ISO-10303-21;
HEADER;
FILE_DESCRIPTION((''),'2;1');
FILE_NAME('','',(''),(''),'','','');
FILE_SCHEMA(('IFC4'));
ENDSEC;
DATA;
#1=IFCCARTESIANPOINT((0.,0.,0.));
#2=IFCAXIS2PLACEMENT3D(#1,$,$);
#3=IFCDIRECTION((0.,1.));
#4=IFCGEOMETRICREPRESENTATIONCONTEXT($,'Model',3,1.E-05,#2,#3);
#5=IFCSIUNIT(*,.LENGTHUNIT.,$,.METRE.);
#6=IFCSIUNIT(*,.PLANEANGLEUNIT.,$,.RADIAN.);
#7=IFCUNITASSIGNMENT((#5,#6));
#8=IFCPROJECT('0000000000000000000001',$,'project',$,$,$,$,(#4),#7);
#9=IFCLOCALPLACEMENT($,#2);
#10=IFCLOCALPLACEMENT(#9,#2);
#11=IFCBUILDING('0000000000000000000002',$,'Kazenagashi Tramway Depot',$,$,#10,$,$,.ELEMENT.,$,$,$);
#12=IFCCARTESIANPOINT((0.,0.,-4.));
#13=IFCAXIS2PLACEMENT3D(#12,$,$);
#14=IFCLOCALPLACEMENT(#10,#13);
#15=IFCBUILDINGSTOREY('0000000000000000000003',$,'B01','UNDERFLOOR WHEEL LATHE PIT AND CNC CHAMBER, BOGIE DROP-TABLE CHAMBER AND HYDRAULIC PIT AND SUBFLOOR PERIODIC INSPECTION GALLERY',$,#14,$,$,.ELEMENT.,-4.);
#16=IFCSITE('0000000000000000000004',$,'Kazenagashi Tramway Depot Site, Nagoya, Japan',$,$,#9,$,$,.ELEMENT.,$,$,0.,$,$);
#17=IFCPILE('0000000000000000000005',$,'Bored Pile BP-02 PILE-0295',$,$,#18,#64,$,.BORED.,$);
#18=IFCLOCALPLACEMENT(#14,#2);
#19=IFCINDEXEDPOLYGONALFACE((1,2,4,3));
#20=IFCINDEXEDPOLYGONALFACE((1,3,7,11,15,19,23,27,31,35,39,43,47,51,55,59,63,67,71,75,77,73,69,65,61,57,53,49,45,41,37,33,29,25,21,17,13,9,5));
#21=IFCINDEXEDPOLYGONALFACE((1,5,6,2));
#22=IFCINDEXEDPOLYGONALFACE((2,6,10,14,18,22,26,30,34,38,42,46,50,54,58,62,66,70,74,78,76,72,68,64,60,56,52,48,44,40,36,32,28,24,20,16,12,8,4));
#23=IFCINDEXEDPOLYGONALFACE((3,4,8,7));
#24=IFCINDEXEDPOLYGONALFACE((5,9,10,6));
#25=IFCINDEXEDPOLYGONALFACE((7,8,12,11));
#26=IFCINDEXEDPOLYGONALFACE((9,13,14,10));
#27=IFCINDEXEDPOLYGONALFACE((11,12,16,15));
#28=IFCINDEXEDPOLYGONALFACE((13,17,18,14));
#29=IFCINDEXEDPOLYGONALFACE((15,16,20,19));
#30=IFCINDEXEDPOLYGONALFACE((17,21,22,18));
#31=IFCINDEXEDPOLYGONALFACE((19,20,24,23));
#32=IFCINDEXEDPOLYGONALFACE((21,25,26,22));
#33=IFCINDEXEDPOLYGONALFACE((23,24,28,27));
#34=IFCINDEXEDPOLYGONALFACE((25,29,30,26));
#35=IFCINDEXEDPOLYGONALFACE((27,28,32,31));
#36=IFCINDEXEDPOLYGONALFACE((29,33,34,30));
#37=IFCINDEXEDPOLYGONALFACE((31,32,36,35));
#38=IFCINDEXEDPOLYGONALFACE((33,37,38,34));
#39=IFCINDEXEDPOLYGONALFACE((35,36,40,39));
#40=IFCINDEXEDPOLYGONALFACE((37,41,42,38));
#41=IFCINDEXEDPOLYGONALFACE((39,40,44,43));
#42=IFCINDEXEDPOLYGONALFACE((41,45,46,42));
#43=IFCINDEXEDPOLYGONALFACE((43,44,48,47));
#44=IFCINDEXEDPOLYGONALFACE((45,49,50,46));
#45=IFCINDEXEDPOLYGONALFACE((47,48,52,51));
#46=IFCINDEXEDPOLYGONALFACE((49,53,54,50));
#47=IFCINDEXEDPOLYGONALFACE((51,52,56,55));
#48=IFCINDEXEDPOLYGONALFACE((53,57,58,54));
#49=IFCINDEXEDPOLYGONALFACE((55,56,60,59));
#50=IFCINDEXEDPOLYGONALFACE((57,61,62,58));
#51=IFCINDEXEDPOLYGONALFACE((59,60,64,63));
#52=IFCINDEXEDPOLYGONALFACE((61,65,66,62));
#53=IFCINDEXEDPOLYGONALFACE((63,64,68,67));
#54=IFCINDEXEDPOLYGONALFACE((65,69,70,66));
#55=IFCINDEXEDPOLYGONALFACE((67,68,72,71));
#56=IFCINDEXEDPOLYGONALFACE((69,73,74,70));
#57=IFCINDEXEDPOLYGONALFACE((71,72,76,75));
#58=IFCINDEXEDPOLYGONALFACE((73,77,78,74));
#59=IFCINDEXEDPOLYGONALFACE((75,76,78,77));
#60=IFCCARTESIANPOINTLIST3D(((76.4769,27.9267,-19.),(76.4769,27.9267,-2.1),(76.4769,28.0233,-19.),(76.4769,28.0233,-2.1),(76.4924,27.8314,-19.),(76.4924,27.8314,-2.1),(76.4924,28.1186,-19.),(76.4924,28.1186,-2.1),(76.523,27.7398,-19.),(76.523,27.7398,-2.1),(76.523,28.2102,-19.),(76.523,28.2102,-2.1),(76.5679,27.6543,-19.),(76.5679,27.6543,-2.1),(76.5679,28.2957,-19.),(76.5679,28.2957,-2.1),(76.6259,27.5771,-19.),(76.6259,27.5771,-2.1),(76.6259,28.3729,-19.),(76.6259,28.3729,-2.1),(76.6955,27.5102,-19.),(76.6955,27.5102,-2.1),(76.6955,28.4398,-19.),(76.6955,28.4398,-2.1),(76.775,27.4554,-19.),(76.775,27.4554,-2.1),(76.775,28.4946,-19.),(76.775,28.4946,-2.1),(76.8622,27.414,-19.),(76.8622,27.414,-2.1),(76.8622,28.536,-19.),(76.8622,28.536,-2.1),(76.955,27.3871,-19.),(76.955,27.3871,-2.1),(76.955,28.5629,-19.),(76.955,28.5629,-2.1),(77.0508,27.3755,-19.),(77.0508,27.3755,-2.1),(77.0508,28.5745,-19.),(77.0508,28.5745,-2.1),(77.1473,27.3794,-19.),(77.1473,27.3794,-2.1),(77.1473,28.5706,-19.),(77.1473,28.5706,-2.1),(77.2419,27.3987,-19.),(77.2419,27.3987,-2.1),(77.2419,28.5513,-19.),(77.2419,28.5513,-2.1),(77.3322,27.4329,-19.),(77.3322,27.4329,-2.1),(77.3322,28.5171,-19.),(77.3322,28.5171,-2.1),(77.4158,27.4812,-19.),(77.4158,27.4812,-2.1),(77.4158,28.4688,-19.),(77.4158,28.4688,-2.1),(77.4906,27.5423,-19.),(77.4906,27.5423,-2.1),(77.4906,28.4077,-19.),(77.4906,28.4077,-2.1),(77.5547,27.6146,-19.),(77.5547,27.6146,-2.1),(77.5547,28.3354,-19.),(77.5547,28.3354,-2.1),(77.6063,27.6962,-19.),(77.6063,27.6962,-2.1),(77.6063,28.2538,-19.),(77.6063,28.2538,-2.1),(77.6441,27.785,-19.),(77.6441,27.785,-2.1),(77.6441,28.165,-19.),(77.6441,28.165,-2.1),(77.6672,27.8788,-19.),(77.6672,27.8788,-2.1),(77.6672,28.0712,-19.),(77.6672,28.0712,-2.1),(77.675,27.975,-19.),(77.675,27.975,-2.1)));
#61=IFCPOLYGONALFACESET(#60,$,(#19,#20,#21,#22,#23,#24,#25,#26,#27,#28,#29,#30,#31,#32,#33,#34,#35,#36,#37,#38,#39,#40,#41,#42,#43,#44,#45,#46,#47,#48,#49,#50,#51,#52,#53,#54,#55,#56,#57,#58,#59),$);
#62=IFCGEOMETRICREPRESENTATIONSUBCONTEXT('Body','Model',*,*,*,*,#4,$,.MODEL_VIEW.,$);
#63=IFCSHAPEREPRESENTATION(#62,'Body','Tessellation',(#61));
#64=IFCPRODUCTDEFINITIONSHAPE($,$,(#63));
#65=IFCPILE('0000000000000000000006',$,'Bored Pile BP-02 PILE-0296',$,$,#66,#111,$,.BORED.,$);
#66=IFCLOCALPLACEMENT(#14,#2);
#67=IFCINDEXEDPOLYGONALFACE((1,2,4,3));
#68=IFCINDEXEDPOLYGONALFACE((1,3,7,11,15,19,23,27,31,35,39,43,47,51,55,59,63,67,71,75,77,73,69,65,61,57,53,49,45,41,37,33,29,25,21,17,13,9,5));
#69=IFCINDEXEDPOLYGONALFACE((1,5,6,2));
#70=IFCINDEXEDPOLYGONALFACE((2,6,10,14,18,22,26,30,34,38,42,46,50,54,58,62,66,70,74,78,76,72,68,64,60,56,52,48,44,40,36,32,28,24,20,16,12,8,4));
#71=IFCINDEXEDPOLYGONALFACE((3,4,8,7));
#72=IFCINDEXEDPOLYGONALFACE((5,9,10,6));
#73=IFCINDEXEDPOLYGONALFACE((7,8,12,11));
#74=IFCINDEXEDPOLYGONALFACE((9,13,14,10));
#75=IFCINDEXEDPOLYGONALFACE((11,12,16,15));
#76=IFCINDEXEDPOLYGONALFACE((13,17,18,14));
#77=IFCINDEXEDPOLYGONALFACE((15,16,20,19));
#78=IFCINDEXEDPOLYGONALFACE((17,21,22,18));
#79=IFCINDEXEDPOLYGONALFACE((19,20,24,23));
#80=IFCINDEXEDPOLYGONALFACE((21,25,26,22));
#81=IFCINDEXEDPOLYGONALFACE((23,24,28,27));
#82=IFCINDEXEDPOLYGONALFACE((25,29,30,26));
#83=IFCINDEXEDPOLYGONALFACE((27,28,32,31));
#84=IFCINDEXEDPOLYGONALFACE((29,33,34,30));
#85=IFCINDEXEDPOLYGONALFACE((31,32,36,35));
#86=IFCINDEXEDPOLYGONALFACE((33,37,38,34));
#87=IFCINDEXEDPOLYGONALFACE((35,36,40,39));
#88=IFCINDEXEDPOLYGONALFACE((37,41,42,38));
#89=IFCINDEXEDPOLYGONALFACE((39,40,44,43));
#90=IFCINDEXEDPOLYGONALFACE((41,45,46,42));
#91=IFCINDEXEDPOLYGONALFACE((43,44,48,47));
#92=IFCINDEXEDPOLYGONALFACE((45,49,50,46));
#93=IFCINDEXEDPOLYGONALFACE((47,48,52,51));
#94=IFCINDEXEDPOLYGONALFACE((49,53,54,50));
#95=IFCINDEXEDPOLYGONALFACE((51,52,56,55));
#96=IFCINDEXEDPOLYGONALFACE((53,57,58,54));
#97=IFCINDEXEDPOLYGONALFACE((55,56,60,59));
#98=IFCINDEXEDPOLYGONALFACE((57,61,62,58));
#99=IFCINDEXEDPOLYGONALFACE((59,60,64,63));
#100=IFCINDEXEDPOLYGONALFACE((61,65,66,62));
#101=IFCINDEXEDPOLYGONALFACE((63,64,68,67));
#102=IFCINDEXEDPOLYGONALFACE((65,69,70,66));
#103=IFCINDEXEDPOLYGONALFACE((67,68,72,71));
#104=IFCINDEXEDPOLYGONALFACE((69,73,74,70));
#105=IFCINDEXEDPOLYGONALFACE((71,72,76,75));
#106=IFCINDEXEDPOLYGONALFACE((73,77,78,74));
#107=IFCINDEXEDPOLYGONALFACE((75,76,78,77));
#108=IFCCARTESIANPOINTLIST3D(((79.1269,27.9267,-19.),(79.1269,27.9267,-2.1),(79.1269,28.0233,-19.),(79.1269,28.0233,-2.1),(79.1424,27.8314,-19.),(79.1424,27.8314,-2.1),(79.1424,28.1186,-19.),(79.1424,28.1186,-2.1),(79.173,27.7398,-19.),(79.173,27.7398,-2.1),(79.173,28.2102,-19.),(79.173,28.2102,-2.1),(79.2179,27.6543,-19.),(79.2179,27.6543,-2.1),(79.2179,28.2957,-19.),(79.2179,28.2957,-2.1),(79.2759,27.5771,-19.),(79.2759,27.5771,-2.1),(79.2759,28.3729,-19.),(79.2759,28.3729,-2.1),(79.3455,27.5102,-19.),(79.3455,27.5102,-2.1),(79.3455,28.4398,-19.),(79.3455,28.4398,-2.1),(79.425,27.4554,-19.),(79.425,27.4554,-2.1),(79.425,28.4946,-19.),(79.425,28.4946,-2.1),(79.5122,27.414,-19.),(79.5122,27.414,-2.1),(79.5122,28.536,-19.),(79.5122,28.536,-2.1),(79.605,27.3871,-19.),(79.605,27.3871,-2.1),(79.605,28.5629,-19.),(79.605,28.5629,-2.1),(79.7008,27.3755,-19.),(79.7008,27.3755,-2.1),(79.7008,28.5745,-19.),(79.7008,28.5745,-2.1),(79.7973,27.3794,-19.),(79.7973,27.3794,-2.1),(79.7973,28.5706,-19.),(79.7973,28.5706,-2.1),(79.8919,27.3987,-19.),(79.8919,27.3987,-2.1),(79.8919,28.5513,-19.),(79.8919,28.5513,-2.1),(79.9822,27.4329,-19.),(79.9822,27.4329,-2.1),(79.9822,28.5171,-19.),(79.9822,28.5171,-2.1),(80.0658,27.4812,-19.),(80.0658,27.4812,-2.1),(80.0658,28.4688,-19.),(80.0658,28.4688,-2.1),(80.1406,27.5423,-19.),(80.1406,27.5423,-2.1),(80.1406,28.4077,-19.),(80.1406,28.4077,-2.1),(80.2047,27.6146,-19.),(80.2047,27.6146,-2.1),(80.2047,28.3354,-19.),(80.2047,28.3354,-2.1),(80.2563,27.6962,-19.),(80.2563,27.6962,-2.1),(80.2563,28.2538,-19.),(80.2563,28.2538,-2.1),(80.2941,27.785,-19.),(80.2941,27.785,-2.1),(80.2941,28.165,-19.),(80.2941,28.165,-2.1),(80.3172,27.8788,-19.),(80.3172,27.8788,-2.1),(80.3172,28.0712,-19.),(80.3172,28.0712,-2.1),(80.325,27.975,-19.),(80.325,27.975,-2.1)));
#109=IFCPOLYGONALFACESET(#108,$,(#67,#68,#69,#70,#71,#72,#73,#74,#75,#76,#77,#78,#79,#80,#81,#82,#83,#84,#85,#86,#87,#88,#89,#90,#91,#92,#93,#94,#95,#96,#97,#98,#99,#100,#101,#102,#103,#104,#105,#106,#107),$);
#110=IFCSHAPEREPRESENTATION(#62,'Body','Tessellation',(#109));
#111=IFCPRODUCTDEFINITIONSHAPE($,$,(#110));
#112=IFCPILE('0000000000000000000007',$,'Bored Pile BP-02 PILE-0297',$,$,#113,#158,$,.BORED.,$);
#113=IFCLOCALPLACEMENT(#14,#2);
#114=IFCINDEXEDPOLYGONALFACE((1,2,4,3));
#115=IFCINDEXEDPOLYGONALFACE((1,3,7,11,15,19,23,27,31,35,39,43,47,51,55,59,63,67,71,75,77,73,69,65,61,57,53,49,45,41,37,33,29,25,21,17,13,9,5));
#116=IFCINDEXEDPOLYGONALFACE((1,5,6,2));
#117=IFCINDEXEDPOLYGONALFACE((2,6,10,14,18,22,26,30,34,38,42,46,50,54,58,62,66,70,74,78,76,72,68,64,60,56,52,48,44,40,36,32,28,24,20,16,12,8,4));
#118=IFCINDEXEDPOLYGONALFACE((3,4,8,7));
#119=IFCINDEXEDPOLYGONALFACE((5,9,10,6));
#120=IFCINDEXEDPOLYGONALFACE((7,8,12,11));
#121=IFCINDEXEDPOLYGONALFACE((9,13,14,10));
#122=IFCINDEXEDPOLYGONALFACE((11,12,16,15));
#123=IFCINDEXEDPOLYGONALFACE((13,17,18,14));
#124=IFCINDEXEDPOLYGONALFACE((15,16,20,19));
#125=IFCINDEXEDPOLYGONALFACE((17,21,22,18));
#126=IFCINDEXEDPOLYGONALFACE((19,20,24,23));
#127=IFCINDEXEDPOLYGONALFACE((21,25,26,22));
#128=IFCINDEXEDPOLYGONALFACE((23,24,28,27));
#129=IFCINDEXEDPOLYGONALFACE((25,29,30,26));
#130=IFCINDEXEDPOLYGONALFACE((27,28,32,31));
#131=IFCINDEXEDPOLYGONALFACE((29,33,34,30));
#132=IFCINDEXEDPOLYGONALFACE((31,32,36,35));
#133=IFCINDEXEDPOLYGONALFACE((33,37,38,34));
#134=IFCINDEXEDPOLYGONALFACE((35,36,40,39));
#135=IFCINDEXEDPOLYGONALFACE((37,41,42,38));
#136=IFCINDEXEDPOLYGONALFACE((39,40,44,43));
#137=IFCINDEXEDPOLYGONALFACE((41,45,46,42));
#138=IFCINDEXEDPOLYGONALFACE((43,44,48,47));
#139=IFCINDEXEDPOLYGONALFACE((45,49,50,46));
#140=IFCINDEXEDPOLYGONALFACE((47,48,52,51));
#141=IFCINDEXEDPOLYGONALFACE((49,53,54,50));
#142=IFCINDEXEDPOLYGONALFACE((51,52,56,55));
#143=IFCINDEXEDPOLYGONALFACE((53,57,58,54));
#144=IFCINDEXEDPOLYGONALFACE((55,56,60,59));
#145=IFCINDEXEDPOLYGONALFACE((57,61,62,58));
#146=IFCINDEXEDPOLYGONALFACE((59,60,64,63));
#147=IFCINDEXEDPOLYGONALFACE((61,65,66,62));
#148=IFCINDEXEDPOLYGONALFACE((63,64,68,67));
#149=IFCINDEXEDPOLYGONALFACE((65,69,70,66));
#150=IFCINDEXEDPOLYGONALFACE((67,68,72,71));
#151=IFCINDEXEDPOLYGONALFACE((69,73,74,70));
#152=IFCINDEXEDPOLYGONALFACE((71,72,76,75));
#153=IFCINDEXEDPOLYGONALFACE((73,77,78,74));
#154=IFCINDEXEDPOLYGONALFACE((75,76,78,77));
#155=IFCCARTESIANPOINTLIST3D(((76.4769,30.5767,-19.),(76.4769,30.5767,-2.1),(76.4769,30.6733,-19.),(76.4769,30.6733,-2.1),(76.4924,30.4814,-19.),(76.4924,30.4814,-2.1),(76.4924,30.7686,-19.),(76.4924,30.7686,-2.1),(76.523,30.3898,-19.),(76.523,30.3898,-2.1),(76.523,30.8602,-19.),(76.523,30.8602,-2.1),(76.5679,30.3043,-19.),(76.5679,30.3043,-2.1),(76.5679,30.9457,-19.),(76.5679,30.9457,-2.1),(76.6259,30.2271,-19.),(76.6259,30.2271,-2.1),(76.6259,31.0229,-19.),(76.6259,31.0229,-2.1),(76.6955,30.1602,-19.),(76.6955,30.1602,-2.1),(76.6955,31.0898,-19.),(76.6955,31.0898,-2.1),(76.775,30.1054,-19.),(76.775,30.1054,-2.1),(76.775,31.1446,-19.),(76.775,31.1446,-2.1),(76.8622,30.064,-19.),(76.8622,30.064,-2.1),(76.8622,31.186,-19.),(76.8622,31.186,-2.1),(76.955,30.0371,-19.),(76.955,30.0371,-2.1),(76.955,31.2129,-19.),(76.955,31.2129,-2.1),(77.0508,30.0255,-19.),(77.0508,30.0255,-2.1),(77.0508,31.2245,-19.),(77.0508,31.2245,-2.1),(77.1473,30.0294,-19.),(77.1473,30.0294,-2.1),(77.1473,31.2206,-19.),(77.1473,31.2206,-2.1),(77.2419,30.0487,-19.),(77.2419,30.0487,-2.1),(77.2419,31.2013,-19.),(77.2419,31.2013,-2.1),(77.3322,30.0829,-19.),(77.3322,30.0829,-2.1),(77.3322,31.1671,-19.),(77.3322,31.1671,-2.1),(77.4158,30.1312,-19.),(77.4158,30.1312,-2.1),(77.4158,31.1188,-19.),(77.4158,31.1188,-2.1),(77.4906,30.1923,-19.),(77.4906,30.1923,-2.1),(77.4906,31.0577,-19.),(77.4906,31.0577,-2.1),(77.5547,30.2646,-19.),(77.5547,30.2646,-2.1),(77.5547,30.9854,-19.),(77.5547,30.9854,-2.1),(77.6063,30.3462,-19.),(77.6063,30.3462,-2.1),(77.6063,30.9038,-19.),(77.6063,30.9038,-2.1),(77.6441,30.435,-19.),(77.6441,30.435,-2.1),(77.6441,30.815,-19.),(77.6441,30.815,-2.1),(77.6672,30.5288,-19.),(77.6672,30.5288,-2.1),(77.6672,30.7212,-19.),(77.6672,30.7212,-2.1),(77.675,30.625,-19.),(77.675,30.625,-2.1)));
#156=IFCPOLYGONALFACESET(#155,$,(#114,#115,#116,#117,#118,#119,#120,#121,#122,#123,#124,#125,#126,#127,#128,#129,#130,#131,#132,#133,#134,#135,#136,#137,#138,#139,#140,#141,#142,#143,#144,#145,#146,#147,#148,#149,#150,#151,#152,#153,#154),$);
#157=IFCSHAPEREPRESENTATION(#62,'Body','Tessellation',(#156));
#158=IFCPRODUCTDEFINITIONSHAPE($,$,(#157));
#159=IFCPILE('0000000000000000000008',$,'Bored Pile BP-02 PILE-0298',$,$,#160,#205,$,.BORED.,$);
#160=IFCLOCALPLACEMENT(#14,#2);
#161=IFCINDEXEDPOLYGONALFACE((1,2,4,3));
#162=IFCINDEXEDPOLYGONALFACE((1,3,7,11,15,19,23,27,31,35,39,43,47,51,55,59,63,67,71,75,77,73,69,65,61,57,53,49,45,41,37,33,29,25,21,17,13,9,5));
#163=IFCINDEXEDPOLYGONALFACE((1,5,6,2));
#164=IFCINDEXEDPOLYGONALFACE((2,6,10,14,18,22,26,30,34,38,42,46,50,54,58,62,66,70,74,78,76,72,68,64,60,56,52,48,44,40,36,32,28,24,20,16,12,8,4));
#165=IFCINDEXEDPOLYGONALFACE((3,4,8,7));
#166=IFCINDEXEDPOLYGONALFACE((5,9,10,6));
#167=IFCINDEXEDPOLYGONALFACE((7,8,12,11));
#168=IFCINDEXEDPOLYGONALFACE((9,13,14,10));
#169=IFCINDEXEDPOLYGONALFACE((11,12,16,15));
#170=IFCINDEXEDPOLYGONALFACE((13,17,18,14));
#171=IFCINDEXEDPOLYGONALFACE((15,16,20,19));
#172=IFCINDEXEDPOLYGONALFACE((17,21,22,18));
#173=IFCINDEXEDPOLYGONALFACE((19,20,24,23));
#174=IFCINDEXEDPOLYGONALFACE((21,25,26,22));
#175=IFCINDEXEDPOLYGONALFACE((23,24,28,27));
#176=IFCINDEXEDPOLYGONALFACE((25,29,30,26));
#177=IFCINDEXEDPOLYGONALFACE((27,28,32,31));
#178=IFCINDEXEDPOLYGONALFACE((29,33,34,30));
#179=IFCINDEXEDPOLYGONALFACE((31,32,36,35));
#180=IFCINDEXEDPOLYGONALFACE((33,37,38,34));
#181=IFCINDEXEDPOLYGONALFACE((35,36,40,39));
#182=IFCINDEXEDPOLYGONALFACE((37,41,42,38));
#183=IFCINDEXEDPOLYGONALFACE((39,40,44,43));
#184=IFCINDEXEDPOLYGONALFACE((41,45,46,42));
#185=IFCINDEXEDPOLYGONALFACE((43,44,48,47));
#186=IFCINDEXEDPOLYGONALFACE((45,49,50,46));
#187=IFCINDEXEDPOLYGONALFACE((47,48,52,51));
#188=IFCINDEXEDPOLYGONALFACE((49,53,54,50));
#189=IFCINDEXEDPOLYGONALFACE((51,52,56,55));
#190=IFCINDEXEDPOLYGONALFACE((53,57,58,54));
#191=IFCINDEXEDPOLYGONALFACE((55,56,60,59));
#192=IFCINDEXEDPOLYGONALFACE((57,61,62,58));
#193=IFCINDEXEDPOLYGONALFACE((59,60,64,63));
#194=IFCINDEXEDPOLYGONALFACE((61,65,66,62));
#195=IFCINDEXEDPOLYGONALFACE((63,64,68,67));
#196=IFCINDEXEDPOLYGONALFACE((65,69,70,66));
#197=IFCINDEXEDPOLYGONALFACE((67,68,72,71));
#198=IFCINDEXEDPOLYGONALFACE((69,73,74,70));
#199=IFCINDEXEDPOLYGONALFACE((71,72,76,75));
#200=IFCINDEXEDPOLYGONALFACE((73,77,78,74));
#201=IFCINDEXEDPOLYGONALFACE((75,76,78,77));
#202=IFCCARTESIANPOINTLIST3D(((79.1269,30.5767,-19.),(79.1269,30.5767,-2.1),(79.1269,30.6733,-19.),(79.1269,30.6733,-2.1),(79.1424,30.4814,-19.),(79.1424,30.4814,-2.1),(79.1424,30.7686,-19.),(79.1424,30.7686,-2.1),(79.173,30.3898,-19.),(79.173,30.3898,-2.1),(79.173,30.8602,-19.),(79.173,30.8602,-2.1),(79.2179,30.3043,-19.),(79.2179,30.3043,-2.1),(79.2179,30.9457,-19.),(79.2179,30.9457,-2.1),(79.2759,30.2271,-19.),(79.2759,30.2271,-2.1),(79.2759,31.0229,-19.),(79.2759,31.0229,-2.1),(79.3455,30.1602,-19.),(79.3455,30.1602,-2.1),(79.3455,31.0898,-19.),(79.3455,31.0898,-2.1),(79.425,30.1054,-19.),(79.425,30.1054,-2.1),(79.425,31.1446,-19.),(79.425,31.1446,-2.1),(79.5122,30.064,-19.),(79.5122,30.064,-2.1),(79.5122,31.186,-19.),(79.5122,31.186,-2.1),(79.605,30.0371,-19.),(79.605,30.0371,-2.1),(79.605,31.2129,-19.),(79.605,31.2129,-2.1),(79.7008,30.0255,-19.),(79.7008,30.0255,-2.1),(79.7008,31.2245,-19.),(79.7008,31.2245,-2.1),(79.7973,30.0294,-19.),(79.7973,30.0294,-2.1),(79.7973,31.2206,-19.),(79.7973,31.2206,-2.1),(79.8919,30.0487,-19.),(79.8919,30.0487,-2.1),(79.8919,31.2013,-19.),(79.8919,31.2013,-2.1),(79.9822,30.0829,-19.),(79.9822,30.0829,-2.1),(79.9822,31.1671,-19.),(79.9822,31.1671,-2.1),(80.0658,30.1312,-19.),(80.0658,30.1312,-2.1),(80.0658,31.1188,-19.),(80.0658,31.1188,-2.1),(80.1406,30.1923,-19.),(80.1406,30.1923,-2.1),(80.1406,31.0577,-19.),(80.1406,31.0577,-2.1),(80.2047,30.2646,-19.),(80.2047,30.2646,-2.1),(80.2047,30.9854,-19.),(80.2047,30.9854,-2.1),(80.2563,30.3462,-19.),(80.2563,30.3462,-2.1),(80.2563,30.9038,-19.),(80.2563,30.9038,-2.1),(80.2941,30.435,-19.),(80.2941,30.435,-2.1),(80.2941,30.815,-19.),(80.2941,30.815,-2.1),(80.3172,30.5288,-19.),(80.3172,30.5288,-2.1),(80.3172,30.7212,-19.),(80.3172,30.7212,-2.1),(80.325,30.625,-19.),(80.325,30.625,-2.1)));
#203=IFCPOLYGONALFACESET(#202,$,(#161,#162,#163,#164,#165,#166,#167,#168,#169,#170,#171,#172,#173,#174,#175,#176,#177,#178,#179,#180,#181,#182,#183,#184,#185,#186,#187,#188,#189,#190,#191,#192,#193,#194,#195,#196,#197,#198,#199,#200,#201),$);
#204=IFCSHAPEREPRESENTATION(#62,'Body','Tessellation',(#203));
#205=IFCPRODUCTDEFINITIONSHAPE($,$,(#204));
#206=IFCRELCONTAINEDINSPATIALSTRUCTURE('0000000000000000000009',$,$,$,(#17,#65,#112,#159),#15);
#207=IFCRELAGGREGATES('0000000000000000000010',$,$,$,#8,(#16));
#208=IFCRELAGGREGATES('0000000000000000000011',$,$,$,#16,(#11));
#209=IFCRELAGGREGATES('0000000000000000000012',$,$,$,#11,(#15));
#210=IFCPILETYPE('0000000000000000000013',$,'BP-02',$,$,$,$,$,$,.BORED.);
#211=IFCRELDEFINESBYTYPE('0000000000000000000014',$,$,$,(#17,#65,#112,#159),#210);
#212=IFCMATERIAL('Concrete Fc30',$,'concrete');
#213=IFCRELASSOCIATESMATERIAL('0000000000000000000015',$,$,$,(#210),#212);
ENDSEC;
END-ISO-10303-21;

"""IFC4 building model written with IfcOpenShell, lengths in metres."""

from ifc_helpers import new_model, si_unit, direction, frame, origin, origin_2d, place, context, subcontext, project, spatial, circle, extrude, material, material_profile, profile_set, type_object, element, save


model = new_model("IFC4")

# Units and contexts
model_context = context("Model", 3, precision=1e-05, world=origin(), true_north=direction((0.0, 1.0)))
body_context = subcontext(model_context, "Body", "Model", "MODEL_VIEW")
ifc_project = project(units=[si_unit("LENGTHUNIT", "METRE"), si_unit("PLANEANGLEUNIT", "RADIAN")], contexts=[model_context])

# Site, building, storey
site_placement = place(None, origin())
site = spatial("IfcSite", under=ifc_project, at=site_placement, Name="Kazenagashi Tramway Depot Site, Nagoya, Japan", CompositionType="ELEMENT", RefElevation=0.0)
building_placement = place(site_placement, origin())
building = spatial("IfcBuilding", under=site, at=building_placement, Name="Kazenagashi Tramway Depot", CompositionType="ELEMENT")
storey_placement = place(building_placement, frame((0.0, 0.0, -4.0)))
storey = spatial("IfcBuildingStorey", under=building, at=storey_placement, Name="B01", Description="UNDERFLOOR WHEEL LATHE PIT AND CNC CHAMBER, BOGIE DROP-TABLE CHAMBER AND HYDRAULIC PIT AND SUBFLOOR PERIODIC INSPECTION GALLERY", CompositionType="ELEMENT", Elevation=-4.0)

# Piles
ifc_material_1 = material(Name="Concrete Fc30", Category="concrete")
ifc_material_profile_1 = material_profile(ifc_material_1, circle(Radius=0.6, at=origin_2d()), Name="PILE-1200")
ifc_profile_set_1 = profile_set([ifc_material_profile_1], Name="Concrete Fc30")
pile_type = type_object("IfcPileType", Name="BP-02", PredefinedType="BORED", material=ifc_profile_set_1)
for number, where, z_axis, x_axis, name in (
    (1, (77.075, 27.975, -2.1), (0.0, 0.0, -1.0), (1.0, 0.0, 0.0), "Bored Pile BP-02 PILE-0295"),
    (2, (79.725, 27.975, -2.1), (0.0, 0.0, -1.0), (1.0, 0.0, 0.0), "Bored Pile BP-02 PILE-0296"),
    (3, (77.075, 30.625, -2.1), (0.0, 0.0, -1.0), (1.0, 0.0, 0.0), "Bored Pile BP-02 PILE-0297"),
    (4, (79.725, 30.625, -2.1), (0.0, 0.0, -1.0), (1.0, 0.0, 0.0), "Bored Pile BP-02 PILE-0298"),
):
    element("IfcPile", number, at=place(storey_placement, frame(where, z_axis=z_axis, x_axis=x_axis)), inside=storey, type_object=pile_type, Name=name, PredefinedType="BORED", context=body_context, shape_type="SweptSolid", body=[
        extrude(circle(Radius=0.6, at=origin_2d()), origin(), (0.0, 0.0, 1.0), 16.9),
    ])

save(model, "model.ifc")
